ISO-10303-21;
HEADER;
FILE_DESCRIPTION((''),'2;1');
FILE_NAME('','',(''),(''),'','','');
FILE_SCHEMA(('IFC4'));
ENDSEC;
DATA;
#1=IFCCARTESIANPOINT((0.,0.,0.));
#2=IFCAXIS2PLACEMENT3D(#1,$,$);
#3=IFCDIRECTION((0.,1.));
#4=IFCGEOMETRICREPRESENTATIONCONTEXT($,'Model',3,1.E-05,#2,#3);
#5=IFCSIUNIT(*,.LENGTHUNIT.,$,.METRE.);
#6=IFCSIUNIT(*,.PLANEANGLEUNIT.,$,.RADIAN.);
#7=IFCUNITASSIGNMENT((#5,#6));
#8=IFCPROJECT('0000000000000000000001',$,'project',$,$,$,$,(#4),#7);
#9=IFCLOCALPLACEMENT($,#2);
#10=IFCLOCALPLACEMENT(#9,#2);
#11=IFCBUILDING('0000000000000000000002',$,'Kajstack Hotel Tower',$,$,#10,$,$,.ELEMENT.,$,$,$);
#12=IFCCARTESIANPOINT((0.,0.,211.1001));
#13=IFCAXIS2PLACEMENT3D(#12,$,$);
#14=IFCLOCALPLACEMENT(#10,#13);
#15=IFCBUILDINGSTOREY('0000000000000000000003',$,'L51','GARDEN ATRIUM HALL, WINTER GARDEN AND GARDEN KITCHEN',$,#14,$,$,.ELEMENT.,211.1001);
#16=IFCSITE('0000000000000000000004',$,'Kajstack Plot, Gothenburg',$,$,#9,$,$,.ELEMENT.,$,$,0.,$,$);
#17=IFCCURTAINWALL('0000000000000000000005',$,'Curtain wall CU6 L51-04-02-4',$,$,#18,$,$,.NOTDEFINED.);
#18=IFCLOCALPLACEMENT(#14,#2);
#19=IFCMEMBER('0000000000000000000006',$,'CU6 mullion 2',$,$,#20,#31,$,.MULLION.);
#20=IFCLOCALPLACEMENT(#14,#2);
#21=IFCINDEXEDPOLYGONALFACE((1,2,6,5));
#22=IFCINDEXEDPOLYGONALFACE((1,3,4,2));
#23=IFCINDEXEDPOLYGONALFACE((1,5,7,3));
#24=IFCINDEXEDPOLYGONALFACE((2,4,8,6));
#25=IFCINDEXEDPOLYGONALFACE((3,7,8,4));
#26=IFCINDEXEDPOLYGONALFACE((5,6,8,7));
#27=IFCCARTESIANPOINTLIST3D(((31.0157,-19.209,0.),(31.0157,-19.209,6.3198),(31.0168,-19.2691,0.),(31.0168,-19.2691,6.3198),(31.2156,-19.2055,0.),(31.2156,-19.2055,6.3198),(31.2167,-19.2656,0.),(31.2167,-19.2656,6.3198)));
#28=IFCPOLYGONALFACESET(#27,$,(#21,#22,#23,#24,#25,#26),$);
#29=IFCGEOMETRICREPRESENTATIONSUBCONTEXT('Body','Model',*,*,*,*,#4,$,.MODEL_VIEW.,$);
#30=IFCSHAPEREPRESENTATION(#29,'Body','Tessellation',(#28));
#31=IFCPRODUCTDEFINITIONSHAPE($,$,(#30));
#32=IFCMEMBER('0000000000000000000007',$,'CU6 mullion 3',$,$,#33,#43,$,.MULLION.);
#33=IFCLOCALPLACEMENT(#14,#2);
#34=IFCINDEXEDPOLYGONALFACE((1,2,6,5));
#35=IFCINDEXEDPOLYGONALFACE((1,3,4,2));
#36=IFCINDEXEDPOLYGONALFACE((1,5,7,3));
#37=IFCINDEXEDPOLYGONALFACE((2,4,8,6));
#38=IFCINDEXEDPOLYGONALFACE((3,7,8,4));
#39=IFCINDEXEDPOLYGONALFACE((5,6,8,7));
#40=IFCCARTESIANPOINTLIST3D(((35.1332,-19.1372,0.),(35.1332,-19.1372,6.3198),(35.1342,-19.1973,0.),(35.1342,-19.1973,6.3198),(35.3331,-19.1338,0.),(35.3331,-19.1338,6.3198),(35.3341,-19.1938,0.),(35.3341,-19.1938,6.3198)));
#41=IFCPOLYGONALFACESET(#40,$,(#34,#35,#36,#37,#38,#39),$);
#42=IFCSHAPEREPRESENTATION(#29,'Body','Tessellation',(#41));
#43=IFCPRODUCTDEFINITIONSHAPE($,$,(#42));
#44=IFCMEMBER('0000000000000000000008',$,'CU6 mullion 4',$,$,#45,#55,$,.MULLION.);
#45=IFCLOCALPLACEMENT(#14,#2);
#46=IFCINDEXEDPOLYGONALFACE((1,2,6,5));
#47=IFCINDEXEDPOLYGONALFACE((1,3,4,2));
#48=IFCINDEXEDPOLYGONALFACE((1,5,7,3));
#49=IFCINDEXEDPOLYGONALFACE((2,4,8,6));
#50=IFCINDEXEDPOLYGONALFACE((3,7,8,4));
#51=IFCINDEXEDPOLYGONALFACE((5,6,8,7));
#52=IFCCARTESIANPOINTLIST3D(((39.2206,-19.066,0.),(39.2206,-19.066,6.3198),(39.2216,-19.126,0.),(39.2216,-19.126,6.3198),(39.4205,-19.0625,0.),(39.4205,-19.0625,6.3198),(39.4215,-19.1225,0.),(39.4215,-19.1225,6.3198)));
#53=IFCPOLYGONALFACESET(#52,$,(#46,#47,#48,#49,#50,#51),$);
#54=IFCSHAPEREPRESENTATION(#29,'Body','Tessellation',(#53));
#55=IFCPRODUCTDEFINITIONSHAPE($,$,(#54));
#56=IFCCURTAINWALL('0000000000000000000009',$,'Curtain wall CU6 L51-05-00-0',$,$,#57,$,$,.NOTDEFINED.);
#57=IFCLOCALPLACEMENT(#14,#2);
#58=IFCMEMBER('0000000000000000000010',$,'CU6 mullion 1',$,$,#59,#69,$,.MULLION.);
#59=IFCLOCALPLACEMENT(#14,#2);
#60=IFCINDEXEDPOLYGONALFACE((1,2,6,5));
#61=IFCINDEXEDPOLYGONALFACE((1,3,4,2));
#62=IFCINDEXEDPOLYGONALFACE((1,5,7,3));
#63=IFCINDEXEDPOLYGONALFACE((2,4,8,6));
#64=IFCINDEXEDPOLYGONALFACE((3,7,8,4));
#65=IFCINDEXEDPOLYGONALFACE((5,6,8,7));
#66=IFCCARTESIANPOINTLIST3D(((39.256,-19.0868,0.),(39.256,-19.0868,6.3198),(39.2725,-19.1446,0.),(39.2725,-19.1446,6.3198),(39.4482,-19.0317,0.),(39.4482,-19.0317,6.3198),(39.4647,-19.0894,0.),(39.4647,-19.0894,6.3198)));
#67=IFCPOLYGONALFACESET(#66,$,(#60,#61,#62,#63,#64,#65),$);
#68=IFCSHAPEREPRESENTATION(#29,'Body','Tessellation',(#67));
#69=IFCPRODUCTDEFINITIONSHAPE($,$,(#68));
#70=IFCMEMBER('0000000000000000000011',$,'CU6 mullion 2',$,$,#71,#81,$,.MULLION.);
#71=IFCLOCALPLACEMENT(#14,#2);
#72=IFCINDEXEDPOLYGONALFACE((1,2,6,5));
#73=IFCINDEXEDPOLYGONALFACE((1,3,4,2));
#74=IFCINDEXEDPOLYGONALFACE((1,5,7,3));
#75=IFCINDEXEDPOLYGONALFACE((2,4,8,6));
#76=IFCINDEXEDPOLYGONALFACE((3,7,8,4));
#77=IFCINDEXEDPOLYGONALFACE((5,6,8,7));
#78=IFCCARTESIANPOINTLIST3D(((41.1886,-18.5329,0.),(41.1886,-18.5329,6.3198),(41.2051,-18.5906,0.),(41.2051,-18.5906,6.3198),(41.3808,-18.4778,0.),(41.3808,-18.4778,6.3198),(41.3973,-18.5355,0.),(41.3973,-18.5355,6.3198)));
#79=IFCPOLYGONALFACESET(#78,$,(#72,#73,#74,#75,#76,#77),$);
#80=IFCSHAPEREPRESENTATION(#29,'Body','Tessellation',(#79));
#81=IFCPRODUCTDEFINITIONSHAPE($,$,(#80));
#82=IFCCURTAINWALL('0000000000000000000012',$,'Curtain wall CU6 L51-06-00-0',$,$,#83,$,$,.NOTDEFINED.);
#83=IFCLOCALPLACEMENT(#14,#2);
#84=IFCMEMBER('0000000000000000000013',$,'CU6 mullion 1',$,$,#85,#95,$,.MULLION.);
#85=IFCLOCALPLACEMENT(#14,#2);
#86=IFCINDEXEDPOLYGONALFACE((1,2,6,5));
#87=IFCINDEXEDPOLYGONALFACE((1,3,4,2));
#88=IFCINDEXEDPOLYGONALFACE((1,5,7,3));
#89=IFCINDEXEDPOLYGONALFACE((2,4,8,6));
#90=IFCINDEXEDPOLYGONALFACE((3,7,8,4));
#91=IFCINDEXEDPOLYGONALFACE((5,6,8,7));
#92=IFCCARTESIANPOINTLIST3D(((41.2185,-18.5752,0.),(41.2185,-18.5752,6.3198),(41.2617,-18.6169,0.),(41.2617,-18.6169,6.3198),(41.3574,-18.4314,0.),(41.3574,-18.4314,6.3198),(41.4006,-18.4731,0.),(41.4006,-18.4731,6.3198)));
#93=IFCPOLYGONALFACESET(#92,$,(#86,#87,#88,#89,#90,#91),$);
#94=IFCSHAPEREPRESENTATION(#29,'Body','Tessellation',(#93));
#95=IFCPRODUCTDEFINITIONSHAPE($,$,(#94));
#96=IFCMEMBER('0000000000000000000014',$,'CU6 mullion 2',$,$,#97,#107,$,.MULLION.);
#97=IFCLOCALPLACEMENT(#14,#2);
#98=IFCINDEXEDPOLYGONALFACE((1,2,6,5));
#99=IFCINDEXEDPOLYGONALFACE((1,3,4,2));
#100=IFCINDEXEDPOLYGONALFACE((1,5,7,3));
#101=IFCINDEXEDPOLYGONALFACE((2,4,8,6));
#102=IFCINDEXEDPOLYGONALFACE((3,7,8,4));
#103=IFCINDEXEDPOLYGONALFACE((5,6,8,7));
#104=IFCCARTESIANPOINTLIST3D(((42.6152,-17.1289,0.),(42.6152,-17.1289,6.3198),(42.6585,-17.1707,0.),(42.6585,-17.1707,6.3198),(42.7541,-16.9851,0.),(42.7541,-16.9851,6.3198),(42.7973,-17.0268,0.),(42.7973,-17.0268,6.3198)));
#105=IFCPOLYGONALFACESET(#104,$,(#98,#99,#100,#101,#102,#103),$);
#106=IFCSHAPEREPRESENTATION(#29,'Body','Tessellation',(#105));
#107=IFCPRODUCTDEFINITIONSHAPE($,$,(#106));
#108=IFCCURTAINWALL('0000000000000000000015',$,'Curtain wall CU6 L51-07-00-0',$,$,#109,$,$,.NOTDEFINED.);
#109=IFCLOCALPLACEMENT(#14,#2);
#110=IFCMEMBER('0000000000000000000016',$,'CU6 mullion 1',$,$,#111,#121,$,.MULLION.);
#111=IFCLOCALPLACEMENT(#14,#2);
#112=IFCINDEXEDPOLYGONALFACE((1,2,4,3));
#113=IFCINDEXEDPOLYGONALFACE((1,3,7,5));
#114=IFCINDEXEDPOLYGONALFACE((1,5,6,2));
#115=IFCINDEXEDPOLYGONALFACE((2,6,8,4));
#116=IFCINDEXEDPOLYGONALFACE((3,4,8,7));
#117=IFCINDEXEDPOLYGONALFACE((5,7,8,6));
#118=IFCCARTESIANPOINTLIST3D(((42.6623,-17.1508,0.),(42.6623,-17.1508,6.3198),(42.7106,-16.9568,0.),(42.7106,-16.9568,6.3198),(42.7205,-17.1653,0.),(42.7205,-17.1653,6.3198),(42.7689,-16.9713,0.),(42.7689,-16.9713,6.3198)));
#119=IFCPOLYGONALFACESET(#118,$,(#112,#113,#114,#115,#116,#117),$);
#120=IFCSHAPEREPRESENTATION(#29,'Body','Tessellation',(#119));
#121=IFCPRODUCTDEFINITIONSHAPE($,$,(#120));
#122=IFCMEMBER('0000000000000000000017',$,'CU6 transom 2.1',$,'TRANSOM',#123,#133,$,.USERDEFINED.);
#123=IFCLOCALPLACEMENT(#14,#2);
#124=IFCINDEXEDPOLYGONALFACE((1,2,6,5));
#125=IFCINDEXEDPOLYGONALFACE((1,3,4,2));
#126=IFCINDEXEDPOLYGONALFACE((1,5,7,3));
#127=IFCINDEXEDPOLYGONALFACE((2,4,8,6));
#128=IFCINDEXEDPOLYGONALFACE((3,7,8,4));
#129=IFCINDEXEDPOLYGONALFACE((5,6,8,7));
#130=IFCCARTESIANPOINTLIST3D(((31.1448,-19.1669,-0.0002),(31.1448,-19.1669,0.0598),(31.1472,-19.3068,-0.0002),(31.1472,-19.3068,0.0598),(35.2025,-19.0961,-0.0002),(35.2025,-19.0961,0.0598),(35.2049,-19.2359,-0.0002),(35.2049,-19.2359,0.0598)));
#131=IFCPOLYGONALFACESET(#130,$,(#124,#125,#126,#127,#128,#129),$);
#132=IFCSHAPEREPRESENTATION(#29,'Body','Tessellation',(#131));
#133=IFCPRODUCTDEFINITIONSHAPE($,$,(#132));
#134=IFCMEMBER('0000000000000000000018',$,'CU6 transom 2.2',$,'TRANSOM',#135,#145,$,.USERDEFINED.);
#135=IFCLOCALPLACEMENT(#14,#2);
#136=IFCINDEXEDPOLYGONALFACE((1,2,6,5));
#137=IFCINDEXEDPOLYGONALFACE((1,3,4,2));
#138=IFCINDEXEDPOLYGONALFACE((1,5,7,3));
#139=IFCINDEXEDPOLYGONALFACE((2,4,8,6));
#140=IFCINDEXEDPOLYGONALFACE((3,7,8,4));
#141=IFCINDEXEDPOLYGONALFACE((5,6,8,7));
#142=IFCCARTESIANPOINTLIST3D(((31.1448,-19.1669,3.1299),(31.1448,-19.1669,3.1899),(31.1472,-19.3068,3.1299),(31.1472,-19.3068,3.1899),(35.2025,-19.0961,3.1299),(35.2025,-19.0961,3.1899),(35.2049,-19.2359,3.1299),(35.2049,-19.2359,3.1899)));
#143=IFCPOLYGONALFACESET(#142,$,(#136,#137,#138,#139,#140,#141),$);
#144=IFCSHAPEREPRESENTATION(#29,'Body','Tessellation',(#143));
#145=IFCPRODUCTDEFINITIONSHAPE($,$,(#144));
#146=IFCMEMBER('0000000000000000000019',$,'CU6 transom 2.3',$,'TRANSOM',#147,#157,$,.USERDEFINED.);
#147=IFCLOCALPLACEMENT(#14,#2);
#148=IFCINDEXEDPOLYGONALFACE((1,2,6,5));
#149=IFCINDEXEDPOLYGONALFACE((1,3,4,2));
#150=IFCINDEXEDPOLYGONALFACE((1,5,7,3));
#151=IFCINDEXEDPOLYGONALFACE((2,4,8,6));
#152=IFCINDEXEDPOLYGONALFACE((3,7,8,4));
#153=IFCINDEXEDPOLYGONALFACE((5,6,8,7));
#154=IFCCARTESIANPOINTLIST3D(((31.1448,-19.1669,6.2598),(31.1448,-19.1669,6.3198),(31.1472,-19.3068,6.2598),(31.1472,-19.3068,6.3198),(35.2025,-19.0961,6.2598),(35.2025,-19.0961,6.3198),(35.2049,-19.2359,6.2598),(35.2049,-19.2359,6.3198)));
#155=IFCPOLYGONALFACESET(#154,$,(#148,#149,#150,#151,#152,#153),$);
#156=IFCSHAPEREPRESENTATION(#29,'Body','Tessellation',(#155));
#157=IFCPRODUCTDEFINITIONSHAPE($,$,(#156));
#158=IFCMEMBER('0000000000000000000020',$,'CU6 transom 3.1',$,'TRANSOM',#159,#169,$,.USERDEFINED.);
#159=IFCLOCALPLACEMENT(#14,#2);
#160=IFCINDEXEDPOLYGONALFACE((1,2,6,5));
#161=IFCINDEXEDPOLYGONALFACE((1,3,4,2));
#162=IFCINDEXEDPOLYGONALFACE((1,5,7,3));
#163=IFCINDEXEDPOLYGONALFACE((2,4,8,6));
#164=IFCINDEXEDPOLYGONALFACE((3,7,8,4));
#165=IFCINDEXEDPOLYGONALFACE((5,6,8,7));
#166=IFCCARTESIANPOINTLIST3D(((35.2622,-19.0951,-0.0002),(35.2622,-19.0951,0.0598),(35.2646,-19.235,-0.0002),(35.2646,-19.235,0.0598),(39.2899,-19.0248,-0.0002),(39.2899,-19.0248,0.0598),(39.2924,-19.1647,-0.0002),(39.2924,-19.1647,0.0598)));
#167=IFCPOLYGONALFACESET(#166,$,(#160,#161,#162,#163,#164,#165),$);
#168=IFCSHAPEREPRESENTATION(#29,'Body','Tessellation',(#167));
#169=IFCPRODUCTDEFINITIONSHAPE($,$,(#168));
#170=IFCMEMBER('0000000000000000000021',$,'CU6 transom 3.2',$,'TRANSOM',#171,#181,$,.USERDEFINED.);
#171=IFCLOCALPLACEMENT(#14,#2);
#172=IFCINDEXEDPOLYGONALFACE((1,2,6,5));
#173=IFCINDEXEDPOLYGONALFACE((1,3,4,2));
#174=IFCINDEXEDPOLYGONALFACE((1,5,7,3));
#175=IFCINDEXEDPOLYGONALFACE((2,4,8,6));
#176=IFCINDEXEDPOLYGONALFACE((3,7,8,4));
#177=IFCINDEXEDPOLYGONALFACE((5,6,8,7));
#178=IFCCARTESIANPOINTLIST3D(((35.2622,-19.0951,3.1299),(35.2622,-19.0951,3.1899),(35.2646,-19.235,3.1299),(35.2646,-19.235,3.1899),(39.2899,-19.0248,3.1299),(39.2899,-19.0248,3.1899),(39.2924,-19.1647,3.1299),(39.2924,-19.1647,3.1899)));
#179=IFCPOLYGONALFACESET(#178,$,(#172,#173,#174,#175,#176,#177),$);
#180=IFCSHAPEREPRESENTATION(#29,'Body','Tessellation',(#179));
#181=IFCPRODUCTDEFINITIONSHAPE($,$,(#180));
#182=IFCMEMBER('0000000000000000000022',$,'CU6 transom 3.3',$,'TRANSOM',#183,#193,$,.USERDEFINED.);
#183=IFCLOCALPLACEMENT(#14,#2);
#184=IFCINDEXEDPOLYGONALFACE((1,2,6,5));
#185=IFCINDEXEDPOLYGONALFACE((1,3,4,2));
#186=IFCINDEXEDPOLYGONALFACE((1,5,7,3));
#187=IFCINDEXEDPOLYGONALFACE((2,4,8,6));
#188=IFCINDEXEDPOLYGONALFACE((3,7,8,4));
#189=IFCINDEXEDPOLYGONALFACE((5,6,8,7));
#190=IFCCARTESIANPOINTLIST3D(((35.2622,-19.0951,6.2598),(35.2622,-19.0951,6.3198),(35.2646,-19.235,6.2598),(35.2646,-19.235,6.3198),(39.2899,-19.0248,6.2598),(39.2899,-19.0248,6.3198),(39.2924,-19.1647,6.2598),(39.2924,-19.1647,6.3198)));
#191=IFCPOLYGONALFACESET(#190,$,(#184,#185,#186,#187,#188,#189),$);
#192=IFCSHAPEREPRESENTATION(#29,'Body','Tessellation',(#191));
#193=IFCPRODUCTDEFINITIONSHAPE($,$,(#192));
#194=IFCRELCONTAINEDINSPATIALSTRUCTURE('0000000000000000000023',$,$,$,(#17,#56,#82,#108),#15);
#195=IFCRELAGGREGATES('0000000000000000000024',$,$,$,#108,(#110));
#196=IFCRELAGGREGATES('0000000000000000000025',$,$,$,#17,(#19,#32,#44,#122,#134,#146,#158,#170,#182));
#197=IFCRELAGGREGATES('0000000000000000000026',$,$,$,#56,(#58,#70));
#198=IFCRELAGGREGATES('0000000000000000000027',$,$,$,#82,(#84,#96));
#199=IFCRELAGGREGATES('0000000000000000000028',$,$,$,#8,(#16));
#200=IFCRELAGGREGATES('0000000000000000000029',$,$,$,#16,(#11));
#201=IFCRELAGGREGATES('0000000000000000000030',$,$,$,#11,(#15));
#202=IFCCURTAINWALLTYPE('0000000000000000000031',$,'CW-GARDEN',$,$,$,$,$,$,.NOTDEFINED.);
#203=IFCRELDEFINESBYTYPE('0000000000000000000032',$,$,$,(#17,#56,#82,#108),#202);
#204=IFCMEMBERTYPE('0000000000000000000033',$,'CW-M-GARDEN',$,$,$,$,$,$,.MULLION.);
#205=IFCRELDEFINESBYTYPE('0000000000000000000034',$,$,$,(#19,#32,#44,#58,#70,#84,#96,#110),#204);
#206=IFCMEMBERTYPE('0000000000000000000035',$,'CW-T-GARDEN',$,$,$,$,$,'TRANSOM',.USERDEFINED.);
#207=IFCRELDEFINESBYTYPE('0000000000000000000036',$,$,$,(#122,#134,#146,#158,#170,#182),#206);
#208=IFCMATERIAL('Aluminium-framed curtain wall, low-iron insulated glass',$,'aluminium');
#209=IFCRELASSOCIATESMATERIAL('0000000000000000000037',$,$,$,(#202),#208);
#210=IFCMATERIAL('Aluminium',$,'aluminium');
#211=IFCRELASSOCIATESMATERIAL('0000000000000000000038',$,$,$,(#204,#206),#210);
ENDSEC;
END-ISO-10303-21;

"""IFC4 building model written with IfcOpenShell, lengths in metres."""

from ifc_helpers import new_model, si_unit, direction, frame, origin, origin_2d, place, context, subcontext, project, spatial, rectangle, extrude, material, material_profile, profile_set, type_object, element, aggregate, save


model = new_model("IFC4")

# Units and contexts
model_context = context("Model", 3, precision=1e-05, world=origin(), true_north=direction((0.0, 1.0)))
body_context = subcontext(model_context, "Body", "Model", "MODEL_VIEW")
ifc_project = project(units=[si_unit("LENGTHUNIT", "METRE"), si_unit("PLANEANGLEUNIT", "RADIAN")], contexts=[model_context])

# Site, building, storey
site_placement = place(None, origin())
site = spatial("IfcSite", under=ifc_project, at=site_placement, Name="Kajstack Plot, Gothenburg", CompositionType="ELEMENT", RefElevation=0.0)
building_placement = place(site_placement, origin())
building = spatial("IfcBuilding", under=site, at=building_placement, Name="Kajstack Hotel Tower", CompositionType="ELEMENT")
storey_placement = place(building_placement, frame((0.0, 0.0, 211.1001)))
storey = spatial("IfcBuildingStorey", under=building, at=storey_placement, Name="L51", Description="GARDEN ATRIUM HALL, WINTER GARDEN AND GARDEN KITCHEN", CompositionType="ELEMENT", Elevation=211.1001)

# Curtain walls, members
ifc_material_1 = material(Name="Aluminium-framed curtain wall, low-iron insulated glass", Category="aluminium")
curtain_wall_type = type_object("IfcCurtainWallType", Name="CW-GARDEN", PredefinedType="NOTDEFINED", material=ifc_material_1)
curtain_wall_1_placement = place(storey_placement, origin())
curtain_wall_1 = element("IfcCurtainWall", 1, at=curtain_wall_1_placement, inside=storey, type_object=curtain_wall_type, Name="Curtain wall CU6 L51-04-02-4", PredefinedType="NOTDEFINED")
ifc_material_2 = material(Name="Aluminium", Category="aluminium")
ifc_material_profile_1 = material_profile(ifc_material_2, rectangle(XDim=0.0601, YDim=0.2, at=origin_2d()), Name="Aluminium mullion 60 x 200")
ifc_profile_set_1 = profile_set([ifc_material_profile_1], Name="Aluminium")
member_type_1 = type_object("IfcMemberType", Name="CW-M-GARDEN", PredefinedType="MULLION", material=ifc_profile_set_1)
member_1_placement = place(storey_placement, frame((31.1162, -19.2373, 0.0), z_axis=(0.0, 0.0, 1.0), x_axis=(-0.017453, 0.999848, 0.0)))
member_1 = element("IfcMember", 2, at=member_1_placement, type_object=member_type_1, Name="CU6 mullion 2", PredefinedType="MULLION", context=body_context, shape_type="SweptSolid", body=[
    extrude(rectangle(XDim=0.0601, YDim=0.2, at=origin_2d()), origin(), (0.0, 0.0, 1.0), 6.3198),
])
member_2_placement = place(storey_placement, frame((35.2336, -19.1655, 0.0), z_axis=(0.0, 0.0, 1.0), x_axis=(-0.017453, 0.999848, 0.0)))
member_2 = element("IfcMember", 3, at=member_2_placement, type_object=member_type_1, Name="CU6 mullion 3", PredefinedType="MULLION", context=body_context, shape_type="SweptSolid", body=[
    extrude(rectangle(XDim=0.0601, YDim=0.2, at=origin_2d()), origin(), (0.0, 0.0, 1.0), 6.3198),
])
member_3_placement = place(storey_placement, frame((39.321, -19.0942, 0.0), z_axis=(0.0, 0.0, 1.0), x_axis=(-0.017453, 0.999848, 0.0)))
member_3 = element("IfcMember", 4, at=member_3_placement, type_object=member_type_1, Name="CU6 mullion 4", PredefinedType="MULLION", context=body_context, shape_type="SweptSolid", body=[
    extrude(rectangle(XDim=0.0601, YDim=0.2, at=origin_2d()), origin(), (0.0, 0.0, 1.0), 6.3198),
])
curtain_wall_2_placement = place(storey_placement, origin())
curtain_wall_2 = element("IfcCurtainWall", 5, at=curtain_wall_2_placement, inside=storey, type_object=curtain_wall_type, Name="Curtain wall CU6 L51-05-00-0", PredefinedType="NOTDEFINED")
member_4_placement = place(storey_placement, frame((39.3604, -19.0881, 0.0), z_axis=(0.0, 0.0, 1.0), x_axis=(-0.275633, 0.961263, 0.0)))
member_4 = element("IfcMember", 6, at=member_4_placement, type_object=member_type_1, Name="CU6 mullion 1", PredefinedType="MULLION", context=body_context, shape_type="SweptSolid", body=[
    extrude(rectangle(XDim=0.0601, YDim=0.2, at=origin_2d()), origin(), (0.0, 0.0, 1.0), 6.3198),
])
member_5_placement = place(storey_placement, frame((41.293, -18.5342, 0.0), z_axis=(0.0, 0.0, 1.0), x_axis=(-0.275633, 0.961263, 0.0)))
member_5 = element("IfcMember", 7, at=member_5_placement, type_object=member_type_1, Name="CU6 mullion 2", PredefinedType="MULLION", context=body_context, shape_type="SweptSolid", body=[
    extrude(rectangle(XDim=0.0601, YDim=0.2, at=origin_2d()), origin(), (0.0, 0.0, 1.0), 6.3198),
])
curtain_wall_3_placement = place(storey_placement, origin())
curtain_wall_3 = element("IfcCurtainWall", 8, at=curtain_wall_3_placement, inside=storey, type_object=curtain_wall_type, Name="Curtain wall CU6 L51-06-00-0", PredefinedType="NOTDEFINED")
member_6_placement = place(storey_placement, frame((41.3096, -18.5242, 0.0), z_axis=(0.0, 0.0, 1.0), x_axis=(-0.719338, 0.69466, 0.0)))
member_6 = element("IfcMember", 9, at=member_6_placement, type_object=member_type_1, Name="CU6 mullion 1", PredefinedType="MULLION", context=body_context, shape_type="SweptSolid", body=[
    extrude(rectangle(XDim=0.0601, YDim=0.2, at=origin_2d()), origin(), (0.0, 0.0, 1.0), 6.3198),
])
member_7_placement = place(storey_placement, frame((42.7063, -17.0779, 0.0), z_axis=(0.0, 0.0, 1.0), x_axis=(-0.719338, 0.69466, 0.0)))
member_7 = element("IfcMember", 10, at=member_7_placement, type_object=member_type_1, Name="CU6 mullion 2", PredefinedType="MULLION", context=body_context, shape_type="SweptSolid", body=[
    extrude(rectangle(XDim=0.0601, YDim=0.2, at=origin_2d()), origin(), (0.0, 0.0, 1.0), 6.3198),
])

# Curtain wall, member
curtain_wall_4_placement = place(storey_placement, origin())
curtain_wall_4 = element("IfcCurtainWall", 11, at=curtain_wall_4_placement, inside=storey, type_object=curtain_wall_type, Name="Curtain wall CU6 L51-07-00-0", PredefinedType="NOTDEFINED")
member_8_placement = place(storey_placement, frame((42.7156, -17.061, 0.0), z_axis=(0.0, 0.0, 1.0), x_axis=(-0.970296, 0.241922, 0.0)))
member_8 = element("IfcMember", 12, at=member_8_placement, type_object=member_type_1, Name="CU6 mullion 1", PredefinedType="MULLION", context=body_context, shape_type="SweptSolid", body=[
    extrude(rectangle(XDim=0.0601, YDim=0.2, at=origin_2d()), origin(), (0.0, 0.0, 1.0), 6.3198),
])

# Members
ifc_material_profile_2 = material_profile(ifc_material_2, rectangle(XDim=0.1399, YDim=0.0601, at=origin_2d()), Name="Aluminium transom 140 x 60")
ifc_profile_set_2 = profile_set([ifc_material_profile_2], Name="Aluminium")
member_type_2 = type_object("IfcMemberType", Name="CW-T-GARDEN", ElementType="TRANSOM", PredefinedType="USERDEFINED", material=ifc_profile_set_2)
member_9_placement = place(storey_placement, frame((31.146, -19.2368, 0.0298), z_axis=(0.999848, 0.017446, 0.0), x_axis=(-0.017446, 0.999848, 0.0)))
member_9 = element("IfcMember", 13, at=member_9_placement, type_object=member_type_2, Name="CU6 transom 2.1", ObjectType="TRANSOM", PredefinedType="USERDEFINED", context=body_context, shape_type="SweptSolid", body=[
    extrude(rectangle(XDim=0.1399, YDim=0.0601, at=origin_2d()), origin(), (0.0, 0.0, 1.0), 4.0583),
])
member_10_placement = place(storey_placement, frame((31.146, -19.2368, 3.1599), z_axis=(0.999848, 0.017446, 0.0), x_axis=(-0.017446, 0.999848, 0.0)))
member_10 = element("IfcMember", 14, at=member_10_placement, type_object=member_type_2, Name="CU6 transom 2.2", ObjectType="TRANSOM", PredefinedType="USERDEFINED", context=body_context, shape_type="SweptSolid", body=[
    extrude(rectangle(XDim=0.1399, YDim=0.0601, at=origin_2d()), origin(), (0.0, 0.0, 1.0), 4.0583),
])
member_11_placement = place(storey_placement, frame((31.146, -19.2368, 6.2898), z_axis=(0.999848, 0.017446, 0.0), x_axis=(-0.017446, 0.999848, 0.0)))
member_11 = element("IfcMember", 15, at=member_11_placement, type_object=member_type_2, Name="CU6 transom 2.3", ObjectType="TRANSOM", PredefinedType="USERDEFINED", context=body_context, shape_type="SweptSolid", body=[
    extrude(rectangle(XDim=0.1399, YDim=0.0601, at=origin_2d()), origin(), (0.0, 0.0, 1.0), 4.0583),
])
member_12_placement = place(storey_placement, frame((35.2634, -19.165, 0.0298), z_axis=(0.999848, 0.017455, 0.0), x_axis=(-0.017455, 0.999848, 0.0)))
member_12 = element("IfcMember", 16, at=member_12_placement, type_object=member_type_2, Name="CU6 transom 3.1", ObjectType="TRANSOM", PredefinedType="USERDEFINED", context=body_context, shape_type="SweptSolid", body=[
    extrude(rectangle(XDim=0.1399, YDim=0.0601, at=origin_2d()), origin(), (0.0, 0.0, 1.0), 4.0283),
])
member_13_placement = place(storey_placement, frame((35.2634, -19.165, 3.1599), z_axis=(0.999848, 0.017455, 0.0), x_axis=(-0.017455, 0.999848, 0.0)))
member_13 = element("IfcMember", 17, at=member_13_placement, type_object=member_type_2, Name="CU6 transom 3.2", ObjectType="TRANSOM", PredefinedType="USERDEFINED", context=body_context, shape_type="SweptSolid", body=[
    extrude(rectangle(XDim=0.1399, YDim=0.0601, at=origin_2d()), origin(), (0.0, 0.0, 1.0), 4.0283),
])
member_14_placement = place(storey_placement, frame((35.2634, -19.165, 6.2898), z_axis=(0.999848, 0.017455, 0.0), x_axis=(-0.017455, 0.999848, 0.0)))
member_14 = element("IfcMember", 18, at=member_14_placement, type_object=member_type_2, Name="CU6 transom 3.3", ObjectType="TRANSOM", PredefinedType="USERDEFINED", context=body_context, shape_type="SweptSolid", body=[
    extrude(rectangle(XDim=0.1399, YDim=0.0601, at=origin_2d()), origin(), (0.0, 0.0, 1.0), 4.0283),
])
aggregate(curtain_wall_4, [member_8])

aggregate(curtain_wall_1, [member_1, member_2, member_3, member_9, member_10, member_11, member_12, member_13, member_14])
aggregate(curtain_wall_2, [member_4, member_5])
aggregate(curtain_wall_3, [member_6, member_7])

save(model, "model.ifc")
